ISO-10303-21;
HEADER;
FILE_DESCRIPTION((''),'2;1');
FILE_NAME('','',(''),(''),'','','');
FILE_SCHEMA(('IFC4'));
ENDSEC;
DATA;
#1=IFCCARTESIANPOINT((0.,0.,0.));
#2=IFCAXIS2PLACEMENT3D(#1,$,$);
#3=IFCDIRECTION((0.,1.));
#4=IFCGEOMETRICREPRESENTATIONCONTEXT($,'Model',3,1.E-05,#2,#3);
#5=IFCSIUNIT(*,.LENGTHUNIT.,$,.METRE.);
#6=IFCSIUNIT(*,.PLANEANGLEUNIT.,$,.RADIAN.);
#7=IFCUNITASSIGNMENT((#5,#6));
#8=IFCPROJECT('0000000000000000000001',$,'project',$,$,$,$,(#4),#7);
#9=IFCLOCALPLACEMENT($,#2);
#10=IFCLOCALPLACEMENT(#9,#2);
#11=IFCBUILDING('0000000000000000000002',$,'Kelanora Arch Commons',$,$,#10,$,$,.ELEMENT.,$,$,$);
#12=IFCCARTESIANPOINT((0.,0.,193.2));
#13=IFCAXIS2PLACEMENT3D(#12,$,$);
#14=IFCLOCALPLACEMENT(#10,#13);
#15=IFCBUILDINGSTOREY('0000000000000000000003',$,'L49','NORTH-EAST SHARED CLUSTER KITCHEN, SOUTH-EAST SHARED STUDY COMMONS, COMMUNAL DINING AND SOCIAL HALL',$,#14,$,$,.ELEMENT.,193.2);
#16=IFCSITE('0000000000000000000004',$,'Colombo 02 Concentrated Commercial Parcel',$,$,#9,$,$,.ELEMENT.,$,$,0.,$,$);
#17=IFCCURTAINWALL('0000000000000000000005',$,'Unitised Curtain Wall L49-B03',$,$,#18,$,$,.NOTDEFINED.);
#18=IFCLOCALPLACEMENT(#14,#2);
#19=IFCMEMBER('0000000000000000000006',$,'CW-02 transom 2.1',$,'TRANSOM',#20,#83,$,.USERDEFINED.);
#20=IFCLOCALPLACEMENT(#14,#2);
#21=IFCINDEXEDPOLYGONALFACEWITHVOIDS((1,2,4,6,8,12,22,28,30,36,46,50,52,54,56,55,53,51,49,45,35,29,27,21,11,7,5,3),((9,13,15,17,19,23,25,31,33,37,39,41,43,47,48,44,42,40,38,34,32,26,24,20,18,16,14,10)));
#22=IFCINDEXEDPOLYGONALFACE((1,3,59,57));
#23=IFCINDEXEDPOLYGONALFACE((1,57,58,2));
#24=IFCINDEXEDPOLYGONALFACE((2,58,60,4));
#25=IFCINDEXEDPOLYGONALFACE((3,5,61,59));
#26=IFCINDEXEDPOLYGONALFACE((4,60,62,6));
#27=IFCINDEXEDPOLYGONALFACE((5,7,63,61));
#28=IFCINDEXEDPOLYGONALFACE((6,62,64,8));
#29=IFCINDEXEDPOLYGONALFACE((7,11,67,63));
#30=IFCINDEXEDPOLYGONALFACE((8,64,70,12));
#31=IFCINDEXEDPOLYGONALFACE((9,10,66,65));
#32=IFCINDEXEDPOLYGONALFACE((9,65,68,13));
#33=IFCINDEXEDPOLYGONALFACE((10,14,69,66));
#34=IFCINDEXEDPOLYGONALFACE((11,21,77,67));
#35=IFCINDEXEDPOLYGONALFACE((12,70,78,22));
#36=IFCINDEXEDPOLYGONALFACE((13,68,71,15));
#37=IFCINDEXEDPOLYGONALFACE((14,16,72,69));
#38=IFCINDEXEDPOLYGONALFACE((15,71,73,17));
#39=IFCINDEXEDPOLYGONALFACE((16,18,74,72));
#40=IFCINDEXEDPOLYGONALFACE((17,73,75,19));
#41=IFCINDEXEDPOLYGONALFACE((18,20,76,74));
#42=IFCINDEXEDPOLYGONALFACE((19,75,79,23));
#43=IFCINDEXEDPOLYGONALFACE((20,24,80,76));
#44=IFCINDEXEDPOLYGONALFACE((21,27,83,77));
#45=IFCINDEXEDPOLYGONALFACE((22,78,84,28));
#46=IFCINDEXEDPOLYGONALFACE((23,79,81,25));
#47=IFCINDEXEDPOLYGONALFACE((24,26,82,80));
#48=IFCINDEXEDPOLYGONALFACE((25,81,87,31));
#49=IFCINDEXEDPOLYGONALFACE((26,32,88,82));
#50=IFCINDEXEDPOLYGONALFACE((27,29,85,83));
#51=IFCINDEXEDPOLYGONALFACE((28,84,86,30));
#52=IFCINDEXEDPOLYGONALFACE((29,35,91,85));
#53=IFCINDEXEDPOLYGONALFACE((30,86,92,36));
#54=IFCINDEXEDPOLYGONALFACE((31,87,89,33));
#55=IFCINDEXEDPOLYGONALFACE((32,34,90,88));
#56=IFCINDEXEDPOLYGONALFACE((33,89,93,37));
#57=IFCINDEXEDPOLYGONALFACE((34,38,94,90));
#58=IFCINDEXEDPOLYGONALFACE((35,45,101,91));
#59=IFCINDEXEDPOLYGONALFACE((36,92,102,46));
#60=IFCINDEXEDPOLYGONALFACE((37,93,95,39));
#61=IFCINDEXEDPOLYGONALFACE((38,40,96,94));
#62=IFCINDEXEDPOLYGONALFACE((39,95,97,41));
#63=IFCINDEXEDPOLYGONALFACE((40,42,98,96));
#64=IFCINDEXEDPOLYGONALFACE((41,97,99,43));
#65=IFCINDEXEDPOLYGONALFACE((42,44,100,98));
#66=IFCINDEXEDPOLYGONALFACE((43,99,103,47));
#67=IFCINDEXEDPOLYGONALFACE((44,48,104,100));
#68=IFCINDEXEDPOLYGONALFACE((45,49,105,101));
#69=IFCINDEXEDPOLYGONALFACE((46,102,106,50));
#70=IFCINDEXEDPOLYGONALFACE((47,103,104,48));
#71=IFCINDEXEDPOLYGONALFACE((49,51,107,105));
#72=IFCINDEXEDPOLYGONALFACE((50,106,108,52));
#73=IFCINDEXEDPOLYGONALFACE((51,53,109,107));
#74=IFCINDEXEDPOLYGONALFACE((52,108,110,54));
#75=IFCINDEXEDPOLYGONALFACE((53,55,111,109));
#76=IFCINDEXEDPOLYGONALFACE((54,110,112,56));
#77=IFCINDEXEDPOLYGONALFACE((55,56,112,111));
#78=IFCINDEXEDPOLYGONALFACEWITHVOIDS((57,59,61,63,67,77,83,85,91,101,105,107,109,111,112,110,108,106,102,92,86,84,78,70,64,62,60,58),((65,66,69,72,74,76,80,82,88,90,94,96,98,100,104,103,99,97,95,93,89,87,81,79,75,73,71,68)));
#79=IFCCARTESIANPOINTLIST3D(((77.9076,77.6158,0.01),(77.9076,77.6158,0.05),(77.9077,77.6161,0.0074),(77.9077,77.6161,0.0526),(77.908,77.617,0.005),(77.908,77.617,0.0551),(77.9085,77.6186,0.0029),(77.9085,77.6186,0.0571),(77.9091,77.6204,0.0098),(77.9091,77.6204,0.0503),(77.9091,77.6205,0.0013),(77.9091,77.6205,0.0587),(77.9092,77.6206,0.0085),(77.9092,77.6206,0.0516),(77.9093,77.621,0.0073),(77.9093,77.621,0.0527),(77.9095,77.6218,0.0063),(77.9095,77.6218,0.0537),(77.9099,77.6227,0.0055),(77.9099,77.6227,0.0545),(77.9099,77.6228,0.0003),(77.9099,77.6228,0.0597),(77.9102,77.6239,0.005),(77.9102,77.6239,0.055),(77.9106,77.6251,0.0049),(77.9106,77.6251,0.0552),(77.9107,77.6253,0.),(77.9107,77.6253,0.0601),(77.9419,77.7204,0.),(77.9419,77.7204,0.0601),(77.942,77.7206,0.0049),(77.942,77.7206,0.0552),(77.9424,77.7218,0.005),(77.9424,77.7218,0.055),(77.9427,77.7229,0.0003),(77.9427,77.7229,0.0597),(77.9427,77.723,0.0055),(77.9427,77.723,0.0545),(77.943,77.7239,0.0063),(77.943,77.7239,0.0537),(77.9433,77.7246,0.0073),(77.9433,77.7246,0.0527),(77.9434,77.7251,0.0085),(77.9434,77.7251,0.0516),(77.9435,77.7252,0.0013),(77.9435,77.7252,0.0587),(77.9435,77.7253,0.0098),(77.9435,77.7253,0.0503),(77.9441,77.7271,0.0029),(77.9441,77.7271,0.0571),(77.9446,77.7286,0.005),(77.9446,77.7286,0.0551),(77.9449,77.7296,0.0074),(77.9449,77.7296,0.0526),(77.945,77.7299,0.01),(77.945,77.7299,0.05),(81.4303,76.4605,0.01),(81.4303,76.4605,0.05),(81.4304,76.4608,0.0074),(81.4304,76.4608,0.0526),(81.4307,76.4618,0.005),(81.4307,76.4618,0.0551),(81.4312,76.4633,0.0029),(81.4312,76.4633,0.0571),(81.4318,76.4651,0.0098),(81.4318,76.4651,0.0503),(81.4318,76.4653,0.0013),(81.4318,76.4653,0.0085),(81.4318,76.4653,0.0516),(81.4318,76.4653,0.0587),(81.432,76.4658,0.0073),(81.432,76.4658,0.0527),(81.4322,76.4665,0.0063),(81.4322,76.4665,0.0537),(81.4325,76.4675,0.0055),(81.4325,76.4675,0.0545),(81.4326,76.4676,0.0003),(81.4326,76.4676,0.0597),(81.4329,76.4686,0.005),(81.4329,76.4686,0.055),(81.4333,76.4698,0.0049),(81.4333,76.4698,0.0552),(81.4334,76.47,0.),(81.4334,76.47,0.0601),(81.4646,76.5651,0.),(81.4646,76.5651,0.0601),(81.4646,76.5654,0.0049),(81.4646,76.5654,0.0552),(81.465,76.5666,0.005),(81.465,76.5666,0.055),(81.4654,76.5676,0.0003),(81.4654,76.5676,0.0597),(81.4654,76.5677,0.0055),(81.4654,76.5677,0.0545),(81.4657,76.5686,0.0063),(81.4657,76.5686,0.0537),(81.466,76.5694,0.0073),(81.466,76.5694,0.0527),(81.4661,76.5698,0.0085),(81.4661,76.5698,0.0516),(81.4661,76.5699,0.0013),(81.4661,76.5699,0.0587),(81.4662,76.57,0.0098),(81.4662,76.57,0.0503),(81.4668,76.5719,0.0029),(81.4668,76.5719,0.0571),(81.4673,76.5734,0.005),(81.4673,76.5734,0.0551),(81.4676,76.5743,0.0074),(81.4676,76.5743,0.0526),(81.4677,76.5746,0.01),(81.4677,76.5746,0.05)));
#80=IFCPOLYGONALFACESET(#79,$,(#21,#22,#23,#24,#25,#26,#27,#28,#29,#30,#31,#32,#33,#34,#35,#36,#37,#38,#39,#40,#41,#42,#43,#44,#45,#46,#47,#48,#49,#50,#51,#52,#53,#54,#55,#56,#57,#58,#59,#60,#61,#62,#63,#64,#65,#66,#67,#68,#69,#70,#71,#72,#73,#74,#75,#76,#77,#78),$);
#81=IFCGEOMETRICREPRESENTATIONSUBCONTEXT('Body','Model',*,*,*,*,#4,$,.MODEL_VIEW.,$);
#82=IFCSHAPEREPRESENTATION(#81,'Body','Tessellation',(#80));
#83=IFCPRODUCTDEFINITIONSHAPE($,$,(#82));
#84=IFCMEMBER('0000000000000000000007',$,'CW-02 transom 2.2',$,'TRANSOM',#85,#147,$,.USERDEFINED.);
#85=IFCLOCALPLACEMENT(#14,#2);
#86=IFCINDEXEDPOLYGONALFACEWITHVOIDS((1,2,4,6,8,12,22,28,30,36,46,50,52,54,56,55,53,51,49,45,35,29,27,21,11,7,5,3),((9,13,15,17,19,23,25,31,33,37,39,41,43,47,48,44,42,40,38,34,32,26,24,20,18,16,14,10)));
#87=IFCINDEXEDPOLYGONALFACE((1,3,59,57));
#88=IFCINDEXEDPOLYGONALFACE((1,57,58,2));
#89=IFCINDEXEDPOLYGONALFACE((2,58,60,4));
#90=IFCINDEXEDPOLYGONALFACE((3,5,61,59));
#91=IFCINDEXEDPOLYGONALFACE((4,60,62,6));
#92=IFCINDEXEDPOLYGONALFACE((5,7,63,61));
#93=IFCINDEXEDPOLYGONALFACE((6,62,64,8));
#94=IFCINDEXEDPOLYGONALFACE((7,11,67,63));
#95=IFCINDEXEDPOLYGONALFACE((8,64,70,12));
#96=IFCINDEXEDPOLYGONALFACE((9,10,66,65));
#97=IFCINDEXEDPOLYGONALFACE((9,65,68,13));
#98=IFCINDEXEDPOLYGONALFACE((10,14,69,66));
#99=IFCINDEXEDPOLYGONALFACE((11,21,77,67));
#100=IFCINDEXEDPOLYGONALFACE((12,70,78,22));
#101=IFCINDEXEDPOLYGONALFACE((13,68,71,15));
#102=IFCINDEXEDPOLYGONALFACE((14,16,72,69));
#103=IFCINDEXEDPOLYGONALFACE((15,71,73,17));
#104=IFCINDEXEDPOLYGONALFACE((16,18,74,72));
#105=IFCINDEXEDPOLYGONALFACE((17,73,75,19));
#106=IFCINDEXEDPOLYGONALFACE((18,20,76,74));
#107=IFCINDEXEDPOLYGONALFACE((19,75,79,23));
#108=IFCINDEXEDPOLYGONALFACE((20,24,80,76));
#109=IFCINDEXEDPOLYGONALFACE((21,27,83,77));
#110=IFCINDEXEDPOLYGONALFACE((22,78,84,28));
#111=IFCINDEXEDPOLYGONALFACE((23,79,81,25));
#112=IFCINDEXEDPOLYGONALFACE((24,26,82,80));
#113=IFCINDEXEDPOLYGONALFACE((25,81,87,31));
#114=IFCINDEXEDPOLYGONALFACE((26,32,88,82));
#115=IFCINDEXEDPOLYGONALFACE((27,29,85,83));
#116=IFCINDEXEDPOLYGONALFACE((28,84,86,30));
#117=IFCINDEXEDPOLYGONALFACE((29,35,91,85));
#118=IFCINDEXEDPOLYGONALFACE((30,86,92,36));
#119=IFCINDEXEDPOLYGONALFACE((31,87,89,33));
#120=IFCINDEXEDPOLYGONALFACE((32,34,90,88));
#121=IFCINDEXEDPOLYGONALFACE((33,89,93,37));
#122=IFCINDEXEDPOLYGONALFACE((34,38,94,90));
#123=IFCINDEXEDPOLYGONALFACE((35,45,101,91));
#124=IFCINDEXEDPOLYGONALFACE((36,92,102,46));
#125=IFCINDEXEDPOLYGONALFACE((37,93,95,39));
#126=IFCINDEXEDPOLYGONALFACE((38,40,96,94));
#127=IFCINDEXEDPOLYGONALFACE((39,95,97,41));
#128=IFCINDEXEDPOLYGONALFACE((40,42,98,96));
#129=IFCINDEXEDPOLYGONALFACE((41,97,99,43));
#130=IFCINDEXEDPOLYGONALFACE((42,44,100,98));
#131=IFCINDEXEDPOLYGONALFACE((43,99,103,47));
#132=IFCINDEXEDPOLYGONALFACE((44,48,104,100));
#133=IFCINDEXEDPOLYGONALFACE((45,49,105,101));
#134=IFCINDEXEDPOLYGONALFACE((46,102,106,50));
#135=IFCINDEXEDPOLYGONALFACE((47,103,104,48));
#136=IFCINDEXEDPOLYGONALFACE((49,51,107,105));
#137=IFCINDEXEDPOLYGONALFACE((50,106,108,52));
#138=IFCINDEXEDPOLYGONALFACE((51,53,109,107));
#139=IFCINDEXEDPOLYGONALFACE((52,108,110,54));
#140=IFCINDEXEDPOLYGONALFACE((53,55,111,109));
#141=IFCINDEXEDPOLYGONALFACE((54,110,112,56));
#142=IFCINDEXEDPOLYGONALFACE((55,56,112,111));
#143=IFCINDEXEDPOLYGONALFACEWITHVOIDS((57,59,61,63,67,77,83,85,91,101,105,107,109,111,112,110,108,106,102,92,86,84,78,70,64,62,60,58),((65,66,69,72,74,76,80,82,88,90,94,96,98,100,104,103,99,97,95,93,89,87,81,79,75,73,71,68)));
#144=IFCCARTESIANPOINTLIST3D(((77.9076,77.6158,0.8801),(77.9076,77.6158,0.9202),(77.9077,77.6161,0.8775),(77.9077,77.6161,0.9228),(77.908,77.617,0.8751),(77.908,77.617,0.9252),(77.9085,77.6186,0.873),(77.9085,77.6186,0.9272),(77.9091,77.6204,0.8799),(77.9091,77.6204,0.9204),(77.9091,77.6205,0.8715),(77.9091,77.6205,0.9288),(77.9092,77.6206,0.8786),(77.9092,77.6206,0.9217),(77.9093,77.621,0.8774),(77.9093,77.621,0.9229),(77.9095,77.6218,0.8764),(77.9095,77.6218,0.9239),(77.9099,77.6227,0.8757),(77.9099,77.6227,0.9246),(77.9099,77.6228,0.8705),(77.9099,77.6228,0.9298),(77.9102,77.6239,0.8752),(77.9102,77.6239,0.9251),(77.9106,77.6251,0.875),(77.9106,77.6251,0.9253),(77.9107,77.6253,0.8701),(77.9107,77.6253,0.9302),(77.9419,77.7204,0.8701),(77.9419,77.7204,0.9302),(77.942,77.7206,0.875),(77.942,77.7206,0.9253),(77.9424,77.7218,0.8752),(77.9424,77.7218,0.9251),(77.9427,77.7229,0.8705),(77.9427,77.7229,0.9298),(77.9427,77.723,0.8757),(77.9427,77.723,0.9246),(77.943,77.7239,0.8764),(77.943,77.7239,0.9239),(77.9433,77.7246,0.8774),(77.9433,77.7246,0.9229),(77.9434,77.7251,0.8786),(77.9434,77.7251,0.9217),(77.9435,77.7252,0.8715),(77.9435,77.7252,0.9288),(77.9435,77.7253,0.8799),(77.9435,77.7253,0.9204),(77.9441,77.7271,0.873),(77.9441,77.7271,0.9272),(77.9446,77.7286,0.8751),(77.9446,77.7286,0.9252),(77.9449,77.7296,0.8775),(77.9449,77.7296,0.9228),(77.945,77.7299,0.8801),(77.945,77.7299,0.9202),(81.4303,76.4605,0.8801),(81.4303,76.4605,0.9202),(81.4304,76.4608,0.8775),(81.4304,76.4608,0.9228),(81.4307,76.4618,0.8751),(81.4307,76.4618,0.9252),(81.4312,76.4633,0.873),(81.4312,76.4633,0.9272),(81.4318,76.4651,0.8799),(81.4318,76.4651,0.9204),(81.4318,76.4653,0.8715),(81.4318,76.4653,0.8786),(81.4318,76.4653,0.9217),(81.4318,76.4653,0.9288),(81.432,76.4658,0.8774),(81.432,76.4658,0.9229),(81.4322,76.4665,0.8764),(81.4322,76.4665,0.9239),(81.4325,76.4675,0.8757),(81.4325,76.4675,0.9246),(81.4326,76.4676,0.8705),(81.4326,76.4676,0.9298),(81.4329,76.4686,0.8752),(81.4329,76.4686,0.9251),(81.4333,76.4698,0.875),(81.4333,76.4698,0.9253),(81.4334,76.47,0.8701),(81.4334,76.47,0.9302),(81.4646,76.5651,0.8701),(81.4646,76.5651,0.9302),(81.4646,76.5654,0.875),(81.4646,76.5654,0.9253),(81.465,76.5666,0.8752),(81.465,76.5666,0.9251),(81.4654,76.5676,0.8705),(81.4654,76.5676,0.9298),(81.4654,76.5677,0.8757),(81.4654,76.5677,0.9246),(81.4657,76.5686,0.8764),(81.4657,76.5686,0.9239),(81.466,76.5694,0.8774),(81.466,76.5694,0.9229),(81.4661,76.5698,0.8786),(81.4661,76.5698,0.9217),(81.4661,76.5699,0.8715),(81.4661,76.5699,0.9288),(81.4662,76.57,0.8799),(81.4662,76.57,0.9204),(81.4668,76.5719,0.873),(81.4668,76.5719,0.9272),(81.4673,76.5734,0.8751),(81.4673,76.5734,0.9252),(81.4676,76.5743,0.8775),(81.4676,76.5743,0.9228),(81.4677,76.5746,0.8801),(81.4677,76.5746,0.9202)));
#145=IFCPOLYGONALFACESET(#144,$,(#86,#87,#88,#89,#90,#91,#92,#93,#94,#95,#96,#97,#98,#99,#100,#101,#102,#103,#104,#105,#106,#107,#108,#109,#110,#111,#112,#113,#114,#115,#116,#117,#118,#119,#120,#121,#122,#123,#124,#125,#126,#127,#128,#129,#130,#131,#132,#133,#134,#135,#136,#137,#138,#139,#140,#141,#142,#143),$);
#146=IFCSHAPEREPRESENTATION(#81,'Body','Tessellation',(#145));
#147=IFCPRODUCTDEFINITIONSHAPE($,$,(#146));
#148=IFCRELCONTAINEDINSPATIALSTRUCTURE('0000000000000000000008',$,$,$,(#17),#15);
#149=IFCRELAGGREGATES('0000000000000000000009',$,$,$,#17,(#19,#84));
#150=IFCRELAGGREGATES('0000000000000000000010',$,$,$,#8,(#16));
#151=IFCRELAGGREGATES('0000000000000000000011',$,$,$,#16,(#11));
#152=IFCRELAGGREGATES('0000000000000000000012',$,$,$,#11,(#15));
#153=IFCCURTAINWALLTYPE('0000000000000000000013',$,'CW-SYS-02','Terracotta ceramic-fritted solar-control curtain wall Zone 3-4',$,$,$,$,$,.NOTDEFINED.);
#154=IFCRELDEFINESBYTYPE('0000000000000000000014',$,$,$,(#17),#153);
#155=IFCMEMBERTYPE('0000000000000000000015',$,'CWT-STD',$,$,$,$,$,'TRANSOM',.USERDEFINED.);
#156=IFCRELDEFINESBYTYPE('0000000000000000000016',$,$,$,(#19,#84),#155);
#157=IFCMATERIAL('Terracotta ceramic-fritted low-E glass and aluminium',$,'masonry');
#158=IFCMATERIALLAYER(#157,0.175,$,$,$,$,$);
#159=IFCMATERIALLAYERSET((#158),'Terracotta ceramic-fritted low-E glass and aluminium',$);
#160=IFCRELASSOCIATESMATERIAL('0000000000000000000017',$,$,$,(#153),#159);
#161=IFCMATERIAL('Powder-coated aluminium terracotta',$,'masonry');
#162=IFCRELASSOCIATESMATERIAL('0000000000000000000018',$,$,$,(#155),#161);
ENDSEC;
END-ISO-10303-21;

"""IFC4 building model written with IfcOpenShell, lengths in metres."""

from ifc_helpers import new_model, si_unit, direction, frame, origin, origin_2d, place, context, subcontext, project, spatial, hollow_rectangle, extrude, material, layer, layer_set, material_profile, profile_set, type_object, element, aggregate, save


model = new_model("IFC4")

# Units and contexts
model_context = context("Model", 3, precision=1e-05, world=origin(), true_north=direction((0.0, 1.0)))
body_context = subcontext(model_context, "Body", "Model", "MODEL_VIEW")
ifc_project = project(units=[si_unit("LENGTHUNIT", "METRE"), si_unit("PLANEANGLEUNIT", "RADIAN")], contexts=[model_context])

# Site, building, storey
site_placement = place(None, origin())
site = spatial("IfcSite", under=ifc_project, at=site_placement, Name="Colombo 02 Concentrated Commercial Parcel", CompositionType="ELEMENT", RefElevation=0.0)
building_placement = place(site_placement, origin())
building = spatial("IfcBuilding", under=site, at=building_placement, Name="Kelanora Arch Commons", CompositionType="ELEMENT")
storey_placement = place(building_placement, frame((0.0, 0.0, 193.2)))
storey = spatial("IfcBuildingStorey", under=building, at=storey_placement, Name="L49", Description="NORTH-EAST SHARED CLUSTER KITCHEN, SOUTH-EAST SHARED STUDY COMMONS, COMMUNAL DINING AND SOCIAL HALL", CompositionType="ELEMENT", Elevation=193.2)

# Curtain wall, members
ifc_material_1 = material(Name="Terracotta ceramic-fritted low-E glass and aluminium", Category="masonry")
ifc_layer_1 = layer(ifc_material_1, 0.175)
ifc_layer_set_1 = layer_set([ifc_layer_1], Name="Terracotta ceramic-fritted low-E glass and aluminium")
curtain_wall_type = type_object("IfcCurtainWallType", Name="CW-SYS-02", Description="Terracotta ceramic-fritted solar-control curtain wall Zone 3-4", PredefinedType="NOTDEFINED", material=ifc_layer_set_1)
curtain_wall_placement = place(storey_placement, origin())
curtain_wall = element("IfcCurtainWall", 1, at=curtain_wall_placement, inside=storey, type_object=curtain_wall_type, Name="Unitised Curtain Wall L49-B03", PredefinedType="NOTDEFINED")
ifc_material_2 = material(Name="Powder-coated aluminium terracotta", Category="masonry")
ifc_material_profile_1 = material_profile(ifc_material_2, hollow_rectangle(XDim=0.1201, YDim=0.0601, WallThickness=0.0049, InnerFilletRadius=0.0049, OuterFilletRadius=0.01, at=origin_2d()), Name="CWT120x60")
ifc_profile_set_1 = profile_set([ifc_material_profile_1], Name="Powder-coated aluminium terracotta")
member_type_1 = type_object("IfcMemberType", Name="CWT-STD", ElementType="TRANSOM", PredefinedType="USERDEFINED", material=ifc_profile_set_1)
member_1_placement = place(storey_placement, frame((81.449, 76.5176, 0.03), z_axis=(-0.950207, 0.311621, 0.0), x_axis=(-0.311621, -0.950207, 0.0)))
member_1 = element("IfcMember", 2, at=member_1_placement, type_object=member_type_1, Name="CW-02 transom 2.1", ObjectType="TRANSOM", PredefinedType="USERDEFINED", context=body_context, shape_type="SweptSolid", body=[
    extrude(hollow_rectangle(XDim=0.1201, YDim=0.0601, WallThickness=0.0049, InnerFilletRadius=0.0049, OuterFilletRadius=0.01, at=origin_2d()), origin(), (0.0, 0.0, 1.0), 3.7073),
])
member_2_placement = place(storey_placement, frame((81.449, 76.5176, 0.9001), z_axis=(-0.950207, 0.311621, 0.0), x_axis=(-0.311621, -0.950207, 0.0)))
member_2 = element("IfcMember", 3, at=member_2_placement, type_object=member_type_1, Name="CW-02 transom 2.2", ObjectType="TRANSOM", PredefinedType="USERDEFINED", context=body_context, shape_type="SweptSolid", body=[
    extrude(hollow_rectangle(XDim=0.1201, YDim=0.0601, WallThickness=0.0049, InnerFilletRadius=0.0049, OuterFilletRadius=0.01, at=origin_2d()), origin(), (0.0, 0.0, 1.0), 3.7073),
])
aggregate(curtain_wall, [member_1, member_2])

save(model, "model.ifc")
